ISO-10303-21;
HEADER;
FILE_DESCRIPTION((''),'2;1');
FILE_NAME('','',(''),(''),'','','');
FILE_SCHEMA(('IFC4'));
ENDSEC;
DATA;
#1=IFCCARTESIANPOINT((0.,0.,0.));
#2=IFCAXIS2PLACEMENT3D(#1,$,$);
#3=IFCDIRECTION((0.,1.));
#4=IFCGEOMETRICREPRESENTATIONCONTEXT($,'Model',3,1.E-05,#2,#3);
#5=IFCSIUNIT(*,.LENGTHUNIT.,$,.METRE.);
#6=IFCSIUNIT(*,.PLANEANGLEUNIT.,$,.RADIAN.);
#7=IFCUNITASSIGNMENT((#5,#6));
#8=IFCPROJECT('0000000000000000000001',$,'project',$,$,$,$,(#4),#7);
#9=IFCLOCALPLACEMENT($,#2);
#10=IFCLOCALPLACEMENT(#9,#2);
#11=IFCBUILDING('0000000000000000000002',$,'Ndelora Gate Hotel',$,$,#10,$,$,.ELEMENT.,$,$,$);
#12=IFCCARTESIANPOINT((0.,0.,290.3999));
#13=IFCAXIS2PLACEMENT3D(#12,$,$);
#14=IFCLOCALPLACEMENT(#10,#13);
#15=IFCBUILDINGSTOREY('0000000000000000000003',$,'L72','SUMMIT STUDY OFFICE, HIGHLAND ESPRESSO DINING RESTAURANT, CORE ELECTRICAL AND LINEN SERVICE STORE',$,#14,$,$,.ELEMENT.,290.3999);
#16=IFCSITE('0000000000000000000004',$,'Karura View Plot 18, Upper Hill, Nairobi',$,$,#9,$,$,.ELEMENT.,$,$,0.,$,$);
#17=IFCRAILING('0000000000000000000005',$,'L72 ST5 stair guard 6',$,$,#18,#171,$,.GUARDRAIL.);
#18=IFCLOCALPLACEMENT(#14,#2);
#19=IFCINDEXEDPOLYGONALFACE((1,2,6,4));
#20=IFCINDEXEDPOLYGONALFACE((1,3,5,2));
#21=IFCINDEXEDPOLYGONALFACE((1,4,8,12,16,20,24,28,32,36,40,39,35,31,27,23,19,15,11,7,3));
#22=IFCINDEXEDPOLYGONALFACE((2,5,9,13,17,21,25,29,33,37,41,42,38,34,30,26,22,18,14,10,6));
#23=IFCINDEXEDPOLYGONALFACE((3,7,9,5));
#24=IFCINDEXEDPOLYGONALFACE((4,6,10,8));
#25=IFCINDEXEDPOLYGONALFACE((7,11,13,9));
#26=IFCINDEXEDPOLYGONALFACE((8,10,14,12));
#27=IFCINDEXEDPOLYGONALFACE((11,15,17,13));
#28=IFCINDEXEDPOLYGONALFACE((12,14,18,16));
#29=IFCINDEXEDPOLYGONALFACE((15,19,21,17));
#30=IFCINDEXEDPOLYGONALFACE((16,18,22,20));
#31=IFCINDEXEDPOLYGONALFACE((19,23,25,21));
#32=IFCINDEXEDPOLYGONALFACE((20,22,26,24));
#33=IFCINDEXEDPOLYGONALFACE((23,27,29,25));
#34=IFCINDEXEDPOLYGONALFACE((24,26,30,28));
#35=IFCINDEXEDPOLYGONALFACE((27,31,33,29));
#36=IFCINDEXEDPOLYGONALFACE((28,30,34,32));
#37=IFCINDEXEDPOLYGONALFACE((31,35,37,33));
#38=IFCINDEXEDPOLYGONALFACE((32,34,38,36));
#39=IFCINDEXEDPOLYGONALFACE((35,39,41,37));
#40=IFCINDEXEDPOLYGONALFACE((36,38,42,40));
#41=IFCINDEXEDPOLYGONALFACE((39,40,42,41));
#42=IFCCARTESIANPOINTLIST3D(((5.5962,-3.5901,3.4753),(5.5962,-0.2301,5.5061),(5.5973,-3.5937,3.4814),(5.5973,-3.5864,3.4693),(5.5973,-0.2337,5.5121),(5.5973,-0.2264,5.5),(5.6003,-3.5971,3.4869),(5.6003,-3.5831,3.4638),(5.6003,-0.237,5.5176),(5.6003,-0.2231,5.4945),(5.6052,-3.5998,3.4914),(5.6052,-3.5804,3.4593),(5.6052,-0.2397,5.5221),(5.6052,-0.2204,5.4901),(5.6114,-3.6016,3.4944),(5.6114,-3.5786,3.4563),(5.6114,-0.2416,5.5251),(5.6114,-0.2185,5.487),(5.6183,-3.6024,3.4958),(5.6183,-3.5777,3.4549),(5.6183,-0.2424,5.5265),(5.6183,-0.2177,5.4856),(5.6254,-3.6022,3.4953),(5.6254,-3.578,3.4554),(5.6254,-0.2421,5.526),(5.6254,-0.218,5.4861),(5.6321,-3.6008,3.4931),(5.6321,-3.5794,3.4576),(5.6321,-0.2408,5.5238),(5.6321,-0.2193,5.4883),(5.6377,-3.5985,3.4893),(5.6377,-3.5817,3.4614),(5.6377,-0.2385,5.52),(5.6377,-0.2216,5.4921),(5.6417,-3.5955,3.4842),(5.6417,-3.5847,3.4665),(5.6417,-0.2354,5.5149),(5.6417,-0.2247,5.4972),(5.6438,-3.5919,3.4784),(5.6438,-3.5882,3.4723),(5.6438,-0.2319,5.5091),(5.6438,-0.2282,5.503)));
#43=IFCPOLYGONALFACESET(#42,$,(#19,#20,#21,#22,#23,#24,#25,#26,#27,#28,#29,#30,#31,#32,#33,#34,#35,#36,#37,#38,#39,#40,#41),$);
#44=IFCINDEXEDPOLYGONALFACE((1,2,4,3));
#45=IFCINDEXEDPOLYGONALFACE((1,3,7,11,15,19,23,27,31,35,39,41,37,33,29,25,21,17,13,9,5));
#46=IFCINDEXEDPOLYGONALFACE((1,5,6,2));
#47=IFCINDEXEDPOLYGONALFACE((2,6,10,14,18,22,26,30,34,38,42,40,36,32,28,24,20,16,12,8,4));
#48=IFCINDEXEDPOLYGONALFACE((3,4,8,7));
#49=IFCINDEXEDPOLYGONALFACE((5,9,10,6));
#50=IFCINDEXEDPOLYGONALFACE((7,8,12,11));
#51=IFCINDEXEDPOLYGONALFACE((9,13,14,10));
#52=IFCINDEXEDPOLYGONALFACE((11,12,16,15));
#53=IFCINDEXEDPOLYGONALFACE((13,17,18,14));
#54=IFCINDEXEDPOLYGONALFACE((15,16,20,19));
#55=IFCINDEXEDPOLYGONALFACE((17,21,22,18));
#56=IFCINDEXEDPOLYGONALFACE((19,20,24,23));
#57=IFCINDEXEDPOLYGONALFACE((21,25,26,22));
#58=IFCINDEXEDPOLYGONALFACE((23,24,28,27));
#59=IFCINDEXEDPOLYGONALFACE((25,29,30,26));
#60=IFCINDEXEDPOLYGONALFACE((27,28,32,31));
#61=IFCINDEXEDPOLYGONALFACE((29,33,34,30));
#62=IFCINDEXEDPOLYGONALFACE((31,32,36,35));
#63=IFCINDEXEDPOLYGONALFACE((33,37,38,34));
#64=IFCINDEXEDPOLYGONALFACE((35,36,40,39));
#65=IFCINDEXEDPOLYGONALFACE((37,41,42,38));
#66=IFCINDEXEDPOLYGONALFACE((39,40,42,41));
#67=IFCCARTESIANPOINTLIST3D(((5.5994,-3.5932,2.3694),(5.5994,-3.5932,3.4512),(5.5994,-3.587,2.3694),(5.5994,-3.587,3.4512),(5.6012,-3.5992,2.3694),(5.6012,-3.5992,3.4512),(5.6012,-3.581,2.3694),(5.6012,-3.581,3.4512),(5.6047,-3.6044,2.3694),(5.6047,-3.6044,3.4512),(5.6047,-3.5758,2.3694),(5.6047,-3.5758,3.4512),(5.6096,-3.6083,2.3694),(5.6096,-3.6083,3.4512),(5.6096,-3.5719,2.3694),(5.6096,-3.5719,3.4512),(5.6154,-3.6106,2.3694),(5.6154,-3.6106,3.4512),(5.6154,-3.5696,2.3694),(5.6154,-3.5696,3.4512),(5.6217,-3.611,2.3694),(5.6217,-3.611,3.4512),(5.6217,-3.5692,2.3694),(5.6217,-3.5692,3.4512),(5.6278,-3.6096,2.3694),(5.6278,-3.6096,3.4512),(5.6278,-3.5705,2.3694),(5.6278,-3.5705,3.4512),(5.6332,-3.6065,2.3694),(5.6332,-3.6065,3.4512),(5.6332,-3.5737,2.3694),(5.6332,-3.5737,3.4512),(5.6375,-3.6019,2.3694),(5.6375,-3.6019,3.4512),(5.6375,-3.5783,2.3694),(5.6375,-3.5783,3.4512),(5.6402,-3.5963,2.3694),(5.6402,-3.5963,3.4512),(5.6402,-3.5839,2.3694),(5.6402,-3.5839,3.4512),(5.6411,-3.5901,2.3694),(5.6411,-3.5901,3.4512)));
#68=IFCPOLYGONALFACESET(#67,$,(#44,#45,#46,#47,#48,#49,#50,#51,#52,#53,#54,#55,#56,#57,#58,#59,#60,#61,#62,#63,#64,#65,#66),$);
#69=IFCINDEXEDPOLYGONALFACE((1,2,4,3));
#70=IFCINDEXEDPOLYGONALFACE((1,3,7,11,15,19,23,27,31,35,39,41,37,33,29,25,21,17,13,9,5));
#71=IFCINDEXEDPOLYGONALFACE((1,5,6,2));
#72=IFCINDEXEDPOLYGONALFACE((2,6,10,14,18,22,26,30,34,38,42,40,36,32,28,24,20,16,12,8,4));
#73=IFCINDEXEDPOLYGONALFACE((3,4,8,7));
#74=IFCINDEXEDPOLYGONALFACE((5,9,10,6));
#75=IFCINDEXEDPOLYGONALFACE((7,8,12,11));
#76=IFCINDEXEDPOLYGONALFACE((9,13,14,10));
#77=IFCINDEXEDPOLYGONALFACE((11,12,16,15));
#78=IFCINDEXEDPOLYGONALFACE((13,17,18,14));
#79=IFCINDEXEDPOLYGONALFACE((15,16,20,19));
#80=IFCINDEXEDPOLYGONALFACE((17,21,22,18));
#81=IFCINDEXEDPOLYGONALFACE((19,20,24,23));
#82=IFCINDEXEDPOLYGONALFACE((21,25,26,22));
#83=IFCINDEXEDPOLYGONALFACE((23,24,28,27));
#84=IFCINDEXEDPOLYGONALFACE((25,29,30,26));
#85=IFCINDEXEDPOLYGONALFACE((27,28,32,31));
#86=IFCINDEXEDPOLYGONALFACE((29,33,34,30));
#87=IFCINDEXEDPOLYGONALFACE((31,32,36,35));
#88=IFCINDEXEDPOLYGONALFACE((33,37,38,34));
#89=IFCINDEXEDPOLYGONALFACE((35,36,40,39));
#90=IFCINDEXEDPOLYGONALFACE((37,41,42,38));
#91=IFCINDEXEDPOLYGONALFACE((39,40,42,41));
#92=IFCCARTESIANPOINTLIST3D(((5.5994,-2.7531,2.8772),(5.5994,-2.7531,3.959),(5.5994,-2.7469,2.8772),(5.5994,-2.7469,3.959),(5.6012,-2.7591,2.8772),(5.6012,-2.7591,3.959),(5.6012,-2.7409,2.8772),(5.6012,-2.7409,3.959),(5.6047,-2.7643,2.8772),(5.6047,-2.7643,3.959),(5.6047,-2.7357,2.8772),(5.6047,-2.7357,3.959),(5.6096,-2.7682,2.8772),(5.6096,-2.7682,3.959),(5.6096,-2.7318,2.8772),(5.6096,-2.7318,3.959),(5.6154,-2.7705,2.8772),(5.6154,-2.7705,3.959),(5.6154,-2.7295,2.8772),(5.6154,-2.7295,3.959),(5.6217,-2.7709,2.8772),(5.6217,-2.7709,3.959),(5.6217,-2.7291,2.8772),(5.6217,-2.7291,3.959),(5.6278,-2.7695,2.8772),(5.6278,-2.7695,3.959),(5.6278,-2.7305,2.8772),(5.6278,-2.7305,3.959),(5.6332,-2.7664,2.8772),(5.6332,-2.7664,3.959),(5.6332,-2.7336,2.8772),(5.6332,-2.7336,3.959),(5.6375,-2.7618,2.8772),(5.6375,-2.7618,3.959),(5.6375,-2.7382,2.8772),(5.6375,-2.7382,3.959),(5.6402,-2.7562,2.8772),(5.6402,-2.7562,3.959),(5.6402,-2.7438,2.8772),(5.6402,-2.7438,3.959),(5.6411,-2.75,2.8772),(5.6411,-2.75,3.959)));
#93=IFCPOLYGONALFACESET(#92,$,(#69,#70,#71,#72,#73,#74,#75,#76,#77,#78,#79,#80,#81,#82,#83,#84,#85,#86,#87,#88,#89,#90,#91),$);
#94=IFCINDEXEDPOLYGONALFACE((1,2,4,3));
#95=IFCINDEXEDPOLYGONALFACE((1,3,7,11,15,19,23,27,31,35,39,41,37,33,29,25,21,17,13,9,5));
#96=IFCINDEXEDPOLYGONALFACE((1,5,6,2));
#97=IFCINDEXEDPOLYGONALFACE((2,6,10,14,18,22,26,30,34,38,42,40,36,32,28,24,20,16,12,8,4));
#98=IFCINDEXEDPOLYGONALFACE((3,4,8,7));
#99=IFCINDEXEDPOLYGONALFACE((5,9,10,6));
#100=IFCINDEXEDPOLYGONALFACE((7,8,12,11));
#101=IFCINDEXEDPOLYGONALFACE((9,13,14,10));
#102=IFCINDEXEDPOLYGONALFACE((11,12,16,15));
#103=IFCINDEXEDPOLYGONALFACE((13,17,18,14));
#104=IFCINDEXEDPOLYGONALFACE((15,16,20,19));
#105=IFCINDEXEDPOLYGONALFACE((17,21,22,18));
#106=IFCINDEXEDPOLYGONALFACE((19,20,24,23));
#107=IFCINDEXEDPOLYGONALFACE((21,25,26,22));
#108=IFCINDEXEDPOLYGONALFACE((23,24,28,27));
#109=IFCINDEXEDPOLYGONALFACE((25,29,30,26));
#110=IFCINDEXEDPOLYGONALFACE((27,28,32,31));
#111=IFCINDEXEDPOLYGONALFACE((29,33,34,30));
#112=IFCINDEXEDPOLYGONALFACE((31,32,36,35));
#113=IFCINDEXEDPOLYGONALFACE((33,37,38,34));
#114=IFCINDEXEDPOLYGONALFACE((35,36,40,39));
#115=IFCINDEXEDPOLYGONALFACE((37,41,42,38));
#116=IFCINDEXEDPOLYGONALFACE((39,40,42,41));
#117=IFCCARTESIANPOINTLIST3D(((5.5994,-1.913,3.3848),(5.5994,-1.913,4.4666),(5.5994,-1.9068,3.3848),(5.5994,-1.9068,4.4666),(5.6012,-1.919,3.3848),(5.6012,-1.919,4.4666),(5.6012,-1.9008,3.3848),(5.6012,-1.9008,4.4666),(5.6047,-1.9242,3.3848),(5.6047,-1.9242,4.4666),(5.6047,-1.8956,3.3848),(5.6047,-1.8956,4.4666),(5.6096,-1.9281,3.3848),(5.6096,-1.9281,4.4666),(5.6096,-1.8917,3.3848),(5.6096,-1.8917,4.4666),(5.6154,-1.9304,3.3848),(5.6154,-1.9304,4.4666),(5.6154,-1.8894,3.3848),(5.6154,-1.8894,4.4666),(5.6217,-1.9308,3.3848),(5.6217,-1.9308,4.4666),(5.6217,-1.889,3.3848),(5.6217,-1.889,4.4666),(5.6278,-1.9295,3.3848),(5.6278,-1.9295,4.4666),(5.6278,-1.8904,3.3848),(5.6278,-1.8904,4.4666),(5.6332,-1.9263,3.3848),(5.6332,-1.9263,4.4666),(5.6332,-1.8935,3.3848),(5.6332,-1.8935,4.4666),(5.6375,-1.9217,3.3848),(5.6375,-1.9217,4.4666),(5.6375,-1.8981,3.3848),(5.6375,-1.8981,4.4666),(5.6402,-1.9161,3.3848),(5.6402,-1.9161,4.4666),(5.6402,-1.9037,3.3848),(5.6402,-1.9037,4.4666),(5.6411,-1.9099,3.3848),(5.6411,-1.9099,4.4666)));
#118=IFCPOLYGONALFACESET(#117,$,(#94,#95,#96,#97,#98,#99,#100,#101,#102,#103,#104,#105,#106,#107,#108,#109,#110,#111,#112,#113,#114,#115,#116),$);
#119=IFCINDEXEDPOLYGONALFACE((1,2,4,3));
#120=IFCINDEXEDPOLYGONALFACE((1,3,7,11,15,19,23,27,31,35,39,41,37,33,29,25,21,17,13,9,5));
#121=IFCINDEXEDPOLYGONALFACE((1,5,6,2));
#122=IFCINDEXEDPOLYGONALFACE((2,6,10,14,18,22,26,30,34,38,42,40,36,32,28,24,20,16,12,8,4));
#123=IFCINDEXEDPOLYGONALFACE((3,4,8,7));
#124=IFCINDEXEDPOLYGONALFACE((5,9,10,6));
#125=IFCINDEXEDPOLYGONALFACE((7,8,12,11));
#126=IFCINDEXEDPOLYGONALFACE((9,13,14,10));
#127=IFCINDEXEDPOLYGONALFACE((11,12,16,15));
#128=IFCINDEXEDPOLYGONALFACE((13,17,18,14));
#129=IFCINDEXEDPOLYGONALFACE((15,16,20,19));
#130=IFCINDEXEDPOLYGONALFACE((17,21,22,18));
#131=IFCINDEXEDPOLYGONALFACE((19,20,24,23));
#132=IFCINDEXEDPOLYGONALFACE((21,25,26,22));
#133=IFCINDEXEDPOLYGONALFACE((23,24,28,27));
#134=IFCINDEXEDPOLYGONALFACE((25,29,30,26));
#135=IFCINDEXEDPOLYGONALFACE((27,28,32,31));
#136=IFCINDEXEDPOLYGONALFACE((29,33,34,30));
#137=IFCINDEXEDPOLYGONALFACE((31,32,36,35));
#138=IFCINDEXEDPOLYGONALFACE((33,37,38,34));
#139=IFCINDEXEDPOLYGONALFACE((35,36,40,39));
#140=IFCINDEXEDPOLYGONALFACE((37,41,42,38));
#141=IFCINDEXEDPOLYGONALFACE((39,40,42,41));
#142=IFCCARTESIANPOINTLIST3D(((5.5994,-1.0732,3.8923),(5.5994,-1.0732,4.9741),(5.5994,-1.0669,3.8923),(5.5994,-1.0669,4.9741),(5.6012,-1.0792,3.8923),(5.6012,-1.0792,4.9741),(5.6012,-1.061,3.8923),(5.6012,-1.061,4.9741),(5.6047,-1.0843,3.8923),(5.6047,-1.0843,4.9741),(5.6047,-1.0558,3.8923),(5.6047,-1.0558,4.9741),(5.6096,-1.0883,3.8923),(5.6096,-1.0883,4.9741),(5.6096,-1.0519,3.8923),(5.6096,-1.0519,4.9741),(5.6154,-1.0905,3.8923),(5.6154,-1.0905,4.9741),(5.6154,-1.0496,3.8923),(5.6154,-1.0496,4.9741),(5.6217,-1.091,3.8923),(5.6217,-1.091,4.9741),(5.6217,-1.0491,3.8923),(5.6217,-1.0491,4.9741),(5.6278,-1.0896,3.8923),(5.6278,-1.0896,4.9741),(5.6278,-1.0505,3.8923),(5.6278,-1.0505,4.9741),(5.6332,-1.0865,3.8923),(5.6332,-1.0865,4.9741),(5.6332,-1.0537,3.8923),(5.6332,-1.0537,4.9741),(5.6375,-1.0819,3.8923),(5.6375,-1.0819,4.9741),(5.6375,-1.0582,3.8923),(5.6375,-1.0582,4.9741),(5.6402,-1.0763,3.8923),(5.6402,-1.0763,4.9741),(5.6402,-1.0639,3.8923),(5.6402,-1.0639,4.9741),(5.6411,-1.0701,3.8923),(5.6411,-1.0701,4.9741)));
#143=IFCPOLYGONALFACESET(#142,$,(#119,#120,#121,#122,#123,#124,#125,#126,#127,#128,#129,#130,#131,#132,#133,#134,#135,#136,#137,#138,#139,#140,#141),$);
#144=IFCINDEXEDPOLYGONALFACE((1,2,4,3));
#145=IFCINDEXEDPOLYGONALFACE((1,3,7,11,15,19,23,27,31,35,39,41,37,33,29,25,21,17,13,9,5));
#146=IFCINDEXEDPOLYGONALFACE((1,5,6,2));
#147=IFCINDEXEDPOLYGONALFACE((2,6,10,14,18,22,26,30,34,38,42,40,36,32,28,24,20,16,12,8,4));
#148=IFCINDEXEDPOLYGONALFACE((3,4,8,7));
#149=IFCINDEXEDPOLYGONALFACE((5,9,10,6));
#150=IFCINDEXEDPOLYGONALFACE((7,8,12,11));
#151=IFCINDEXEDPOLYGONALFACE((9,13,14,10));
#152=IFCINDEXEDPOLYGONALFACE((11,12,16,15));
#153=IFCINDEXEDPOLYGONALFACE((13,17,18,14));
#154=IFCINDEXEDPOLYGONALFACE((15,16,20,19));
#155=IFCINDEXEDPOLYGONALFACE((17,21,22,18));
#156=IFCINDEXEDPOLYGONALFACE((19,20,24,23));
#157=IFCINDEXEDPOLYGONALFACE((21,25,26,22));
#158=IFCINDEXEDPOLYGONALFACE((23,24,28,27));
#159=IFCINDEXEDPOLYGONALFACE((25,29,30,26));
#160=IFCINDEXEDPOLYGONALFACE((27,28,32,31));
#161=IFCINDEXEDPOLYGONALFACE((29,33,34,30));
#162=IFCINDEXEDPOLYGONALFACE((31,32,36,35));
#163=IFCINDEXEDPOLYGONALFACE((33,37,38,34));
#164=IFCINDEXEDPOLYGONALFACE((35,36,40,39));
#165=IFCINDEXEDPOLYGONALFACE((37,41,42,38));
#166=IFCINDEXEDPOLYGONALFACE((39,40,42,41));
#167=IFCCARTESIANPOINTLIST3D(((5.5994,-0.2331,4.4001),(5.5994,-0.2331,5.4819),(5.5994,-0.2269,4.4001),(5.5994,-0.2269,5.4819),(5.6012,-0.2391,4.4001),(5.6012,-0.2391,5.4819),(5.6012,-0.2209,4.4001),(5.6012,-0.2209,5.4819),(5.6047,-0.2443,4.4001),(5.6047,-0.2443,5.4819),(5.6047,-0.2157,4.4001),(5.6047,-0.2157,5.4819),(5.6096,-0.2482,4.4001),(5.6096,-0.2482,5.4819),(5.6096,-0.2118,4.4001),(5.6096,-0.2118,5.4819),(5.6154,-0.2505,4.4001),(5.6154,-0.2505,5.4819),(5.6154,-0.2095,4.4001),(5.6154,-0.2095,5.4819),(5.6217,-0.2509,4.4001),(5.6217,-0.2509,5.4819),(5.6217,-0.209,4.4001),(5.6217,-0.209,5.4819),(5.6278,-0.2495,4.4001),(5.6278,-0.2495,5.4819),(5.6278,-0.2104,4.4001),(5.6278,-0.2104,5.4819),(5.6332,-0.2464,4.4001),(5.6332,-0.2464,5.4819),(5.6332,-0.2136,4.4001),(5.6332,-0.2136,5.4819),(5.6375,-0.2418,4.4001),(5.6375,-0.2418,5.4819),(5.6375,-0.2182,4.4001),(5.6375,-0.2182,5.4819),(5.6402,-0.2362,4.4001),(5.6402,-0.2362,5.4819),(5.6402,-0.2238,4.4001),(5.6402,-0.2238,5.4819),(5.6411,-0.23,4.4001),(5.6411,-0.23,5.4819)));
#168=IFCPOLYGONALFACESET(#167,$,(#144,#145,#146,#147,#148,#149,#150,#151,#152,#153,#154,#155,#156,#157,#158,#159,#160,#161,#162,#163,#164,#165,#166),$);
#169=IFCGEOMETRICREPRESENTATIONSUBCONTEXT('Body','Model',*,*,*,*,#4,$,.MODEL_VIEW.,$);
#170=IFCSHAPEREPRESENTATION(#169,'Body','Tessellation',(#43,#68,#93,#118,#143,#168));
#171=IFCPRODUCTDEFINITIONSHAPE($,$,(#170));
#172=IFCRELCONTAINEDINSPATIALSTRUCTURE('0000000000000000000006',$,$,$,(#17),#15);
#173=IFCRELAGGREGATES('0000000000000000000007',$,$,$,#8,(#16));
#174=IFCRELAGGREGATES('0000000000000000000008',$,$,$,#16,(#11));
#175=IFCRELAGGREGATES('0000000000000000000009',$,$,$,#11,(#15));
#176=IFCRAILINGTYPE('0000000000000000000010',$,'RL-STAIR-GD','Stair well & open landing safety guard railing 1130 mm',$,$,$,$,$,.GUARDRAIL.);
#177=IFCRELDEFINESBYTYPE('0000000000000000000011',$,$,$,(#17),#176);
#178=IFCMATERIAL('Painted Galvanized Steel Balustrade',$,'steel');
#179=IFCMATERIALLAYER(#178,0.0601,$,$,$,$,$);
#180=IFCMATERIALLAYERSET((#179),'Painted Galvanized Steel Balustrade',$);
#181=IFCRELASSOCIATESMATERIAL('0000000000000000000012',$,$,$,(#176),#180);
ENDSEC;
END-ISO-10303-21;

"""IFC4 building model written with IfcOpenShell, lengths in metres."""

from ifc_helpers import new_model, si_unit, direction, frame, origin, origin_2d, place, context, subcontext, project, spatial, circle, extrude, material, layer, layer_set, type_object, element, save


model = new_model("IFC4")

# Units and contexts
model_context = context("Model", 3, precision=1e-05, world=origin(), true_north=direction((0.0, 1.0)))
body_context = subcontext(model_context, "Body", "Model", "MODEL_VIEW")
ifc_project = project(units=[si_unit("LENGTHUNIT", "METRE"), si_unit("PLANEANGLEUNIT", "RADIAN")], contexts=[model_context])

# Site, building, storey
site_placement = place(None, origin())
site = spatial("IfcSite", under=ifc_project, at=site_placement, Name="Karura View Plot 18, Upper Hill, Nairobi", CompositionType="ELEMENT", RefElevation=0.0)
building_placement = place(site_placement, origin())
building = spatial("IfcBuilding", under=site, at=building_placement, Name="Ndelora Gate Hotel", CompositionType="ELEMENT")
storey_placement = place(building_placement, frame((0.0, 0.0, 290.3999)))
storey = spatial("IfcBuildingStorey", under=building, at=storey_placement, Name="L72", Description="SUMMIT STUDY OFFICE, HIGHLAND ESPRESSO DINING RESTAURANT, CORE ELECTRICAL AND LINEN SERVICE STORE", CompositionType="ELEMENT", Elevation=290.3999)

# Railing
ifc_material_1 = material(Name="Painted Galvanized Steel Balustrade", Category="steel")
ifc_layer_1 = layer(ifc_material_1, 0.0601)
ifc_layer_set_1 = layer_set([ifc_layer_1], Name="Painted Galvanized Steel Balustrade")
railing_type_1 = type_object("IfcRailingType", Name="RL-STAIR-GD", Description="Stair well & open landing safety guard railing 1130 mm", PredefinedType="GUARDRAIL", material=ifc_layer_set_1)
railing_1_placement = place(storey_placement, frame((5.6201, -3.5901, 2.3694)))
element("IfcRailing", 1, at=railing_1_placement, inside=storey, type_object=railing_type_1, Name="L72 ST5 stair guard 6", PredefinedType="GUARDRAIL", context=body_context, shape_type="SweptSolid", body=[
    extrude(circle(Radius=0.0239, at=origin_2d()), frame((0.0, 0.0, 1.106), z_axis=(0.0, 0.855837, 0.517246), x_axis=(-1.0, 0.0, 0.0)), (0.0, 0.0, 1.0), 3.926),
    extrude(circle(Radius=0.021, at=origin_2d()), origin(), (0.0, 0.0, 1.0), 1.0818),
    extrude(circle(Radius=0.021, at=origin_2d()), frame((0.0, 0.8401, 0.5078)), (0.0, 0.0, 1.0), 1.0818),
    extrude(circle(Radius=0.021, at=origin_2d()), frame((0.0, 1.6802, 1.0154)), (0.0, 0.0, 1.0), 1.0818),
    extrude(circle(Radius=0.021, at=origin_2d()), frame((0.0, 2.52, 1.5229)), (0.0, 0.0, 1.0), 1.0818),
    extrude(circle(Radius=0.021, at=origin_2d()), frame((0.0, 3.3601, 2.0308)), (0.0, 0.0, 1.0), 1.0818),
])

save(model, "model.ifc")
